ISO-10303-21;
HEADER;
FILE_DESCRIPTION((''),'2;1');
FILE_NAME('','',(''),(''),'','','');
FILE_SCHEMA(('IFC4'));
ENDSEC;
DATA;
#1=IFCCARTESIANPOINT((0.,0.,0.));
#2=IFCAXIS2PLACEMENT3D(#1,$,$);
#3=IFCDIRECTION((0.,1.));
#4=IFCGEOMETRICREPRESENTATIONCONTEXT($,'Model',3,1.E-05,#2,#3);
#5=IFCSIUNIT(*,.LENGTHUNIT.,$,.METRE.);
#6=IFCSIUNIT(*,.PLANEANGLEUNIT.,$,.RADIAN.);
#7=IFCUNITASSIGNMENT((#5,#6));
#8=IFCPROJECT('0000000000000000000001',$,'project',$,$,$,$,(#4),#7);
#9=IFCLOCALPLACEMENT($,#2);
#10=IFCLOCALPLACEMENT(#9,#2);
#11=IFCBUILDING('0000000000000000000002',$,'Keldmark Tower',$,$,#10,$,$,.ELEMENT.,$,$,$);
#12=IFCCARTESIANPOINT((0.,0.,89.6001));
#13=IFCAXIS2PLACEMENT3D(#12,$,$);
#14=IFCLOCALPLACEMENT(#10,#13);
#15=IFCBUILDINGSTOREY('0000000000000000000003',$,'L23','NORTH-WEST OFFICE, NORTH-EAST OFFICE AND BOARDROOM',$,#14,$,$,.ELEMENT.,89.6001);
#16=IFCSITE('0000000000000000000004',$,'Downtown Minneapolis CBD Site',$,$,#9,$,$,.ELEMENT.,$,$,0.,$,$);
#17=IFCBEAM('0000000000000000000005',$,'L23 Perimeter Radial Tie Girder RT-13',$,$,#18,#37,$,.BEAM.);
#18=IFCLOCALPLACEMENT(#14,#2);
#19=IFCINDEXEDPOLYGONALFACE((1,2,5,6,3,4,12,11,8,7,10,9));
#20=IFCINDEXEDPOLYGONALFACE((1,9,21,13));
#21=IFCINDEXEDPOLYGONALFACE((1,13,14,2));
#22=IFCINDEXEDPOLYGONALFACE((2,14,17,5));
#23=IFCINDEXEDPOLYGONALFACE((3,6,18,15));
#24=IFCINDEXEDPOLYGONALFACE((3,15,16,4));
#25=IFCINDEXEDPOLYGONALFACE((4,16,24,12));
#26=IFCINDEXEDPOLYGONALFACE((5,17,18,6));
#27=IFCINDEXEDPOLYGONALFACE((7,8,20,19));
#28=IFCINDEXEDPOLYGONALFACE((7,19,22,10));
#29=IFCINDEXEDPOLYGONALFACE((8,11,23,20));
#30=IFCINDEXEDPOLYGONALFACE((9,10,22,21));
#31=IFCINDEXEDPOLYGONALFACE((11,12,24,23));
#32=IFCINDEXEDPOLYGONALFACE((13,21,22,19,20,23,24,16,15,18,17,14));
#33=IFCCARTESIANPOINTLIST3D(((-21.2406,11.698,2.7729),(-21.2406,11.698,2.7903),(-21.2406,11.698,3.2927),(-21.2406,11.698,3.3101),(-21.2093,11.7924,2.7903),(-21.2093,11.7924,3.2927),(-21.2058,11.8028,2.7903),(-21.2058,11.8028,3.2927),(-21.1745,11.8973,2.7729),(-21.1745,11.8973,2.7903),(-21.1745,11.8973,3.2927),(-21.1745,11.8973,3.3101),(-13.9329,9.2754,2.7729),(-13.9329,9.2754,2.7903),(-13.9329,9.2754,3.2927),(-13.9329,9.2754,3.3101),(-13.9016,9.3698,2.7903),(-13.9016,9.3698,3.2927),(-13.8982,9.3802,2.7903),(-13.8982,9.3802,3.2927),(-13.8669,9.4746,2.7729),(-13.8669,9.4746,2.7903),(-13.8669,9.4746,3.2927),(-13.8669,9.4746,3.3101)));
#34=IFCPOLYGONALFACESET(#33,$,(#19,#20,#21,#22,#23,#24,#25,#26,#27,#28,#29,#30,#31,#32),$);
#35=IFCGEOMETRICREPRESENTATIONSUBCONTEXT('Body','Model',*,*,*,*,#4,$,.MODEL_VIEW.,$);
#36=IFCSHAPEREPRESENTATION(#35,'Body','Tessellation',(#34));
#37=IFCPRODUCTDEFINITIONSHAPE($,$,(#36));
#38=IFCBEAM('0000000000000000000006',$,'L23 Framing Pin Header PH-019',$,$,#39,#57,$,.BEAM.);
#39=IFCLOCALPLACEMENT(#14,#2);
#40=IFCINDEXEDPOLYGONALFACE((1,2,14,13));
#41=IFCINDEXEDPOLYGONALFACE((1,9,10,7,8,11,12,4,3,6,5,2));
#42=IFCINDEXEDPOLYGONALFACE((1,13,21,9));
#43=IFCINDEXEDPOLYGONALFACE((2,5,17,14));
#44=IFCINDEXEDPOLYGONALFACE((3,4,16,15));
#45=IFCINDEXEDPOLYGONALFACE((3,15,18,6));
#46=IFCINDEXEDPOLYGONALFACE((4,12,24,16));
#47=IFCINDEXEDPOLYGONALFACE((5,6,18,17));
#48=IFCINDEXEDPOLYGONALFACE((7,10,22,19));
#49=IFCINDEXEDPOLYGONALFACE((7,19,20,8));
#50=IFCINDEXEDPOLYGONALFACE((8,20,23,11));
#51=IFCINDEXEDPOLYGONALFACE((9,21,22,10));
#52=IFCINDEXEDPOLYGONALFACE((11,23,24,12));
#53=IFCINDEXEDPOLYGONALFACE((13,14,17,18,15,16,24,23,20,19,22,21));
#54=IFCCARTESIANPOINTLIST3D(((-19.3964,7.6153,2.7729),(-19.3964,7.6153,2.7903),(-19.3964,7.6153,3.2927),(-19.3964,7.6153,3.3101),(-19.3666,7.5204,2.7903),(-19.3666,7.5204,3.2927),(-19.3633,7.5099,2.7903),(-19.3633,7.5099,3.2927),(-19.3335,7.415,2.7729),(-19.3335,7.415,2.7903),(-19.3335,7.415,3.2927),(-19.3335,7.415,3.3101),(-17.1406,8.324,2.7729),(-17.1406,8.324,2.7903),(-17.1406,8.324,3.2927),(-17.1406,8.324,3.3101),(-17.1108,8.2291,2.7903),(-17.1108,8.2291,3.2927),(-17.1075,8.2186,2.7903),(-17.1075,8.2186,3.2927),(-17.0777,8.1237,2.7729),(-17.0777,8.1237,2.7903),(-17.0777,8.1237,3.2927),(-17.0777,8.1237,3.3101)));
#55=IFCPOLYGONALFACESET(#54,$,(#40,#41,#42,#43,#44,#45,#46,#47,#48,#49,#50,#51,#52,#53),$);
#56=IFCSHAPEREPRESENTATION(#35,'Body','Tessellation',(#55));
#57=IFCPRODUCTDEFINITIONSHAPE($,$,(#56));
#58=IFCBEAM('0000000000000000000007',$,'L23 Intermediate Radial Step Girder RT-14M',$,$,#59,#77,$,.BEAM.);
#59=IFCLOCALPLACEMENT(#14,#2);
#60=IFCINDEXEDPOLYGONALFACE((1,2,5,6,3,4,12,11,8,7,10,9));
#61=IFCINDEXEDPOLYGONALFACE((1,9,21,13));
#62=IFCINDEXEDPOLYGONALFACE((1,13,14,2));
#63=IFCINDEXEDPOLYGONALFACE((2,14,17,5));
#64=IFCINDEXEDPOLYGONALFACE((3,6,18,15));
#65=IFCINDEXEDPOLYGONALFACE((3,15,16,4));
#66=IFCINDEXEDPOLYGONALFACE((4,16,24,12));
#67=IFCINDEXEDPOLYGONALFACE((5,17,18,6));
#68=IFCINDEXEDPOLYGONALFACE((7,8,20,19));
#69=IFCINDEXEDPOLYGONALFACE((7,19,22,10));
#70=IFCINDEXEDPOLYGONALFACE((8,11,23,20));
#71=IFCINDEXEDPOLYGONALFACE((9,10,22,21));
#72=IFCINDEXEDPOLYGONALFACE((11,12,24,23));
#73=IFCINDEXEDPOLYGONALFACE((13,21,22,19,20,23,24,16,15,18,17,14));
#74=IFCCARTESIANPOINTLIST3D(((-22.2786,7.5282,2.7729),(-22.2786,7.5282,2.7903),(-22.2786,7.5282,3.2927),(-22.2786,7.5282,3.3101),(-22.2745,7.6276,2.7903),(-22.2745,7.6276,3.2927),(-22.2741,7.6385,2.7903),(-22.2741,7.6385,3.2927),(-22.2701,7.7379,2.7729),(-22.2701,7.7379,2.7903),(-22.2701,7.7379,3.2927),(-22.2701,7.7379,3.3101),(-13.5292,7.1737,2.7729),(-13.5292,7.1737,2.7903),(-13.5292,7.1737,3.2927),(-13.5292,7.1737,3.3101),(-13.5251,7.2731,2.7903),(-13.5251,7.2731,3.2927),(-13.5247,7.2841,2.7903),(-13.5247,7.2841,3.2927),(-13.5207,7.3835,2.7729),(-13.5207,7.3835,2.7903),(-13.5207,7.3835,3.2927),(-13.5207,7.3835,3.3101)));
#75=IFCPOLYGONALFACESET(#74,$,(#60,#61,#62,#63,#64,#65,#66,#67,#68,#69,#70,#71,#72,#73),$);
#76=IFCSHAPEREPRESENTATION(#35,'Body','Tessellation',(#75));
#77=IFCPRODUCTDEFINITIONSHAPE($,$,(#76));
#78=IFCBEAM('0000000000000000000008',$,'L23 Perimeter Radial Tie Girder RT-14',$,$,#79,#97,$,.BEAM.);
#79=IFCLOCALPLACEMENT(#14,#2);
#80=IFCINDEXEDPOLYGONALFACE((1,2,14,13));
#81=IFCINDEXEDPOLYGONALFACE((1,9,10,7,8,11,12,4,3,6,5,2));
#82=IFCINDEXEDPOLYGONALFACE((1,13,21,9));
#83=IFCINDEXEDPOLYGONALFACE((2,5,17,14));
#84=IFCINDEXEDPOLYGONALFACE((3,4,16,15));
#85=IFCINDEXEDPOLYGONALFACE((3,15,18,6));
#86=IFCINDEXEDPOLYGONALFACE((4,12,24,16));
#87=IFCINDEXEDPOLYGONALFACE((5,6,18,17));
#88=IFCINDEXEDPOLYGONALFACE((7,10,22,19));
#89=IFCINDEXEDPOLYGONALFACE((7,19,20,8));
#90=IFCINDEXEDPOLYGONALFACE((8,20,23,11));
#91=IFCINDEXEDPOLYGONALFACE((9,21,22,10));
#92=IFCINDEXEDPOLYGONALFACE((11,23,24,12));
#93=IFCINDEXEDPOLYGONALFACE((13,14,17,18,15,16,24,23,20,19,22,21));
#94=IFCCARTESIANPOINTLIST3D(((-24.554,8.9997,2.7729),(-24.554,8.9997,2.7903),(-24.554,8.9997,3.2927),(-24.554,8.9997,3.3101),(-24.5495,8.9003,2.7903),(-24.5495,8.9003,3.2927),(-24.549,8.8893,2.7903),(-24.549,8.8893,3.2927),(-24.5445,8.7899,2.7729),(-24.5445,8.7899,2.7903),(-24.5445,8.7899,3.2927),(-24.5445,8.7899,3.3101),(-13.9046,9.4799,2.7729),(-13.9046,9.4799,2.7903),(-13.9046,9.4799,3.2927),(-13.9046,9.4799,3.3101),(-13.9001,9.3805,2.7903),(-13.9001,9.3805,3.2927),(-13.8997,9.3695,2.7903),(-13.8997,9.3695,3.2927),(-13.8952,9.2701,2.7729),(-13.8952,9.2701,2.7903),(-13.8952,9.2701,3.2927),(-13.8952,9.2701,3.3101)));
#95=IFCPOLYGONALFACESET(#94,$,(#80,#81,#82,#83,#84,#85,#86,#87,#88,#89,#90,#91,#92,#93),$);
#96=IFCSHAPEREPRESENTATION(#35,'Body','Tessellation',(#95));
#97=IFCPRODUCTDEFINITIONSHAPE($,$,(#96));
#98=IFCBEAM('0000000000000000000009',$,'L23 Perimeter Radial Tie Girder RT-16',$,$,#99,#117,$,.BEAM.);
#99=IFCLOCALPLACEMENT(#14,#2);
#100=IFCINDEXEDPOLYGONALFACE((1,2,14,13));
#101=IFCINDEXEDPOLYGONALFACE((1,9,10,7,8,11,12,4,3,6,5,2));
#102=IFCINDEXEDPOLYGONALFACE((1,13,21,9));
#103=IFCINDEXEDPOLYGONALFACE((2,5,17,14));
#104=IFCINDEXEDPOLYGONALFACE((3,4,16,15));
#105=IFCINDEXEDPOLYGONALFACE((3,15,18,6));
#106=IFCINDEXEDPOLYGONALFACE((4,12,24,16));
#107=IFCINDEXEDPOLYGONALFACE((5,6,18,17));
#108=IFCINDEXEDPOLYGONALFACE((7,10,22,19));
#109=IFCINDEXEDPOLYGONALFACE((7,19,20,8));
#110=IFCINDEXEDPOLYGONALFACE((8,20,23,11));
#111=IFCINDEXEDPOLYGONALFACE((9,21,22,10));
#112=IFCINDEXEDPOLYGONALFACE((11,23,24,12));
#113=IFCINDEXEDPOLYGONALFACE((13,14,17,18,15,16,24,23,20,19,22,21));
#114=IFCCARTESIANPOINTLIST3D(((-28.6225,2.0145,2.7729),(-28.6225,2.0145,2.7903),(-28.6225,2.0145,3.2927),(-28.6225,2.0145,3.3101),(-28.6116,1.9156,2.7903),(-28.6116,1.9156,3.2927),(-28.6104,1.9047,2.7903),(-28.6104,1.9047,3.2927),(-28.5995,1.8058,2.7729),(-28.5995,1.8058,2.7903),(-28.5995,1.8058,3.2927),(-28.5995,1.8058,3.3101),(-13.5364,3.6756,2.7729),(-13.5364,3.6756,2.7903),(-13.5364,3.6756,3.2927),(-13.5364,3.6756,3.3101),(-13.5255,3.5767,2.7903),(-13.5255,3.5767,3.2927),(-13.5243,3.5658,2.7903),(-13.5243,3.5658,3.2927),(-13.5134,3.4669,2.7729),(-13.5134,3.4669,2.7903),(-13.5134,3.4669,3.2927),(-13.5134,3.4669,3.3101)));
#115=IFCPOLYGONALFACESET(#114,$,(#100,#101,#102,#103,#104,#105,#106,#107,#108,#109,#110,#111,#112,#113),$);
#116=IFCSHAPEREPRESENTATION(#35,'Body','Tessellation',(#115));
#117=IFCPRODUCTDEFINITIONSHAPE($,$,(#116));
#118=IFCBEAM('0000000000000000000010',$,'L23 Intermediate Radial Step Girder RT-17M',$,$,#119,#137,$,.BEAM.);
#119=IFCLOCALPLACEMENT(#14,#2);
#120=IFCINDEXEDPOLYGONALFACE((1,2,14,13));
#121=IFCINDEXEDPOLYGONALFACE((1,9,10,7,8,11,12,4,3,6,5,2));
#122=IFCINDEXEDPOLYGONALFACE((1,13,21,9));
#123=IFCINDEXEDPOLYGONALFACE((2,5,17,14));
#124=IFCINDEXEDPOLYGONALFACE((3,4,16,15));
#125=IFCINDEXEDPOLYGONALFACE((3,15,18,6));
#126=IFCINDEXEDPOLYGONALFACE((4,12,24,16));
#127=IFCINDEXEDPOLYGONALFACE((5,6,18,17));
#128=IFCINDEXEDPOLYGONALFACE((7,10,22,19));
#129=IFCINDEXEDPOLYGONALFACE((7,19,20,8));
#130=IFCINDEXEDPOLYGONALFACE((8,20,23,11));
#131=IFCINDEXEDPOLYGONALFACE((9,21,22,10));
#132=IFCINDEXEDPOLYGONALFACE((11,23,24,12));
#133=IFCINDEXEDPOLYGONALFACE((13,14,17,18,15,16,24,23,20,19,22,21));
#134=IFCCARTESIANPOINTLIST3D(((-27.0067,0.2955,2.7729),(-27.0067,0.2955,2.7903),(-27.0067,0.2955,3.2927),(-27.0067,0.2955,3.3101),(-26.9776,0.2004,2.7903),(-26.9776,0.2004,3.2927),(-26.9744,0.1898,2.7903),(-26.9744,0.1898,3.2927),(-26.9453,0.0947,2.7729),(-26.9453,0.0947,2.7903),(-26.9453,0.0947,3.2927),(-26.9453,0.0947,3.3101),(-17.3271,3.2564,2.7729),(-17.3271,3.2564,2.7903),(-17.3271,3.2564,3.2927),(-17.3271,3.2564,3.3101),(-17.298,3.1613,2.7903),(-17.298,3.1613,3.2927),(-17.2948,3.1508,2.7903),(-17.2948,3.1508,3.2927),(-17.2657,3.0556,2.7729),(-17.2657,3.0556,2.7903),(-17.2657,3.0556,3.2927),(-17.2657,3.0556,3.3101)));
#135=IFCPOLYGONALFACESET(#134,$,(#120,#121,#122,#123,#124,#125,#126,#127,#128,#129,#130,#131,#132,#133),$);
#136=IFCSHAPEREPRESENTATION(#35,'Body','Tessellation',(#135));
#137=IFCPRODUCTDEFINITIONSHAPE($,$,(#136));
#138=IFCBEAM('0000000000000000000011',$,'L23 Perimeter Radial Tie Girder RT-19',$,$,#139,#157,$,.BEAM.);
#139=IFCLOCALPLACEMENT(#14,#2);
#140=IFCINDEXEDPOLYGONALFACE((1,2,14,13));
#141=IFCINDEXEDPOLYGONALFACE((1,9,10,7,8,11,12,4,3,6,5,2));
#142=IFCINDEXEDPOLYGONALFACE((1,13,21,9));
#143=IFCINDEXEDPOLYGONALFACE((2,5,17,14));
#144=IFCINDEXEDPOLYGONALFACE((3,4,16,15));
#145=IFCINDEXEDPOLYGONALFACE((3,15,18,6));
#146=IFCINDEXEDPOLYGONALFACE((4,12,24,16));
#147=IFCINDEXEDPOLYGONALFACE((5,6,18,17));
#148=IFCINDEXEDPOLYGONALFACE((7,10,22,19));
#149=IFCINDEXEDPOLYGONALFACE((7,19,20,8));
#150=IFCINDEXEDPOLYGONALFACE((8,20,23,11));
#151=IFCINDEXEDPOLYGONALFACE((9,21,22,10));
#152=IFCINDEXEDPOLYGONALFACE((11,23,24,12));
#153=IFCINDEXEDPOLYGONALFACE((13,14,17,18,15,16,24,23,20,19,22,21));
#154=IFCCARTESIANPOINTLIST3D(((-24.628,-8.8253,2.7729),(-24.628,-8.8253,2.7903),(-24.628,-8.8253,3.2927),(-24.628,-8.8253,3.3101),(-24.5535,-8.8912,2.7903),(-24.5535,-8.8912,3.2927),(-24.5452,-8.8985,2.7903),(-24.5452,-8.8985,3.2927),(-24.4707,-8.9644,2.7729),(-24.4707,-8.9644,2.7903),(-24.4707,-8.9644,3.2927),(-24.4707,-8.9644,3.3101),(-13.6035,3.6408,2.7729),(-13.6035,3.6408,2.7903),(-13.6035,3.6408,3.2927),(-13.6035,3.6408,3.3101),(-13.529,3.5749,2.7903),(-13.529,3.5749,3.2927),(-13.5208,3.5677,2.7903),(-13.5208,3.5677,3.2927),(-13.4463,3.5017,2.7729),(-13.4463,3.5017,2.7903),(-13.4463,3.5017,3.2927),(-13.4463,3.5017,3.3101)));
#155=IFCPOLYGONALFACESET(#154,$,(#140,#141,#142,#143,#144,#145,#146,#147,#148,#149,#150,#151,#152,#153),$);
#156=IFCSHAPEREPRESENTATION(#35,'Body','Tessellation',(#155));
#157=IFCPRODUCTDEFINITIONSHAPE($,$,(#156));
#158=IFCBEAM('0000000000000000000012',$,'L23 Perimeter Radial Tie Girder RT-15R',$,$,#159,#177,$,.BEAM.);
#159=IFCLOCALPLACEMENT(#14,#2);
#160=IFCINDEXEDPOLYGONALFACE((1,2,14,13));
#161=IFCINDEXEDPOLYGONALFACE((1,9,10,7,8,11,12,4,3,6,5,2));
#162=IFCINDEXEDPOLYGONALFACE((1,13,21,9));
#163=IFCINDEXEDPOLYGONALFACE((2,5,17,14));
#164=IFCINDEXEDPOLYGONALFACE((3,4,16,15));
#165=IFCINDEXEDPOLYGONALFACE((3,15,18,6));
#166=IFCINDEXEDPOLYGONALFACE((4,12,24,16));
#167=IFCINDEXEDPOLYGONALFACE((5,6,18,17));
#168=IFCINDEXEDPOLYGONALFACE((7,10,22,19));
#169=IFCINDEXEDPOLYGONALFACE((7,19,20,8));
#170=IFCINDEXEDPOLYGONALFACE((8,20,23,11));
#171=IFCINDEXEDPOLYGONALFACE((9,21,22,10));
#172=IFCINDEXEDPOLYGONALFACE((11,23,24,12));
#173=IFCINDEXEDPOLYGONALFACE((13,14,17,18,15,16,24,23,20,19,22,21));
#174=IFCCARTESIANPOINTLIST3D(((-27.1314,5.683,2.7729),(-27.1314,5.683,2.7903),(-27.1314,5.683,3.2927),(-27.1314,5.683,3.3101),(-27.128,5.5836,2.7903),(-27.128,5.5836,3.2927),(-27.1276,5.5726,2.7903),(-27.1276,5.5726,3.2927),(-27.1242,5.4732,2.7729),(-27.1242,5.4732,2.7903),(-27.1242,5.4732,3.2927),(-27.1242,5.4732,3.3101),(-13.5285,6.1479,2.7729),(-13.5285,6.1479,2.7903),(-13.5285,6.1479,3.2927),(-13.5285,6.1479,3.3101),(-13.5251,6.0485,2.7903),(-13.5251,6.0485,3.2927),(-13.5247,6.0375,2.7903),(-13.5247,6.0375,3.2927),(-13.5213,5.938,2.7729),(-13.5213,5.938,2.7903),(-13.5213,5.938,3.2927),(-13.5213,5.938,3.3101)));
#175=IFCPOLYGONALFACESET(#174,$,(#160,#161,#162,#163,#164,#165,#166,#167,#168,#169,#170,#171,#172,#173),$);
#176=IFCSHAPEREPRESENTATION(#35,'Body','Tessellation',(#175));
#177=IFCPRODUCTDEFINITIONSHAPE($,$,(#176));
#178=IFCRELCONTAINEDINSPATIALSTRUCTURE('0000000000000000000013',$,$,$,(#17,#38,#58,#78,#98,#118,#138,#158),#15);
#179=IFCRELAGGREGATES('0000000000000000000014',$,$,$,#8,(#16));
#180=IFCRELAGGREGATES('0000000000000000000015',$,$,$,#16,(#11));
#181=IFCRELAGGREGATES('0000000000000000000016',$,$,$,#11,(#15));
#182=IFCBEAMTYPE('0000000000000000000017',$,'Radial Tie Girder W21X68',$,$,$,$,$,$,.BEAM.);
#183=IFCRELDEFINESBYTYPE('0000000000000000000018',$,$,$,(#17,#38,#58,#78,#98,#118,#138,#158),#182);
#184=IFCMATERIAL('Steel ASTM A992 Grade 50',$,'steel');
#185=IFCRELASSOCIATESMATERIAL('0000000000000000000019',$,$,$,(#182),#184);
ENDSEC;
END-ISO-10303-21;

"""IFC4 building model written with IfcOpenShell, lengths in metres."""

from ifc_helpers import new_model, si_unit, direction, frame, origin, origin_2d, place, context, subcontext, project, spatial, i_section, extrude, material, material_profile, profile_set, type_object, element, save


model = new_model("IFC4")

# Units and contexts
model_context = context("Model", 3, precision=1e-05, world=origin(), true_north=direction((0.0, 1.0)))
body_context = subcontext(model_context, "Body", "Model", "MODEL_VIEW")
ifc_project = project(units=[si_unit("LENGTHUNIT", "METRE"), si_unit("PLANEANGLEUNIT", "RADIAN")], contexts=[model_context])

# Site, building, storey
site_placement = place(None, origin())
site = spatial("IfcSite", under=ifc_project, at=site_placement, Name="Downtown Minneapolis CBD Site", CompositionType="ELEMENT", RefElevation=0.0)
building_placement = place(site_placement, origin())
building = spatial("IfcBuilding", under=site, at=building_placement, Name="Keldmark Tower", CompositionType="ELEMENT")
storey_placement = place(building_placement, frame((0.0, 0.0, 89.6001)))
storey = spatial("IfcBuildingStorey", under=building, at=storey_placement, Name="L23", Description="NORTH-WEST OFFICE, NORTH-EAST OFFICE AND BOARDROOM", CompositionType="ELEMENT", Elevation=89.6001)

# Beams
ifc_material_1 = material(Name="Steel ASTM A992 Grade 50", Category="steel")
ifc_material_profile_1 = material_profile(ifc_material_1, i_section(OverallWidth=0.21, OverallDepth=0.5371, WebThickness=0.011, FlangeThickness=0.0173, at=origin_2d()), Name="W21X68")
ifc_profile_set_1 = profile_set([ifc_material_profile_1], Name="Steel ASTM A992 Grade 50")
beam_type_1 = type_object("IfcBeamType", Name="Radial Tie Girder W21X68", PredefinedType="BEAM", material=ifc_profile_set_1)
beam_1_placement = place(storey_placement, frame((-13.8999, 9.375, 3.0415), z_axis=(-0.949199, 0.314677, 0.0), x_axis=(-0.314677, -0.949199, 0.0)))
element("IfcBeam", 1, at=beam_1_placement, inside=storey, type_object=beam_type_1, Name="L23 Perimeter Radial Tie Girder RT-13", PredefinedType="BEAM", context=body_context, shape_type="SweptSolid", body=[
    extrude(i_section(OverallWidth=0.21, OverallDepth=0.5371, WebThickness=0.011, FlangeThickness=0.0173, at=origin_2d()), origin(), (0.0, 0.0, 1.0), 7.6987),
])
beam_2_placement = place(storey_placement, frame((-17.1091, 8.2239, 3.0415), z_axis=(-0.954023, -0.299733, 0.0), x_axis=(0.299733, -0.954023, 0.0)))
element("IfcBeam", 2, at=beam_2_placement, inside=storey, type_object=beam_type_1, Name="L23 Framing Pin Header PH-019", PredefinedType="BEAM", context=body_context, shape_type="SweptSolid", body=[
    extrude(i_section(OverallWidth=0.21, OverallDepth=0.5371, WebThickness=0.011, FlangeThickness=0.0173, at=origin_2d()), origin(), (0.0, 0.0, 1.0), 2.3645),
])
beam_3_placement = place(storey_placement, frame((-13.5249, 7.2786, 3.0415), z_axis=(-0.99918, 0.040482, 0.0), x_axis=(-0.040482, -0.99918, 0.0)))
element("IfcBeam", 3, at=beam_3_placement, inside=storey, type_object=beam_type_1, Name="L23 Intermediate Radial Step Girder RT-14M", PredefinedType="BEAM", context=body_context, shape_type="SweptSolid", body=[
    extrude(i_section(OverallWidth=0.21, OverallDepth=0.5371, WebThickness=0.011, FlangeThickness=0.0173, at=origin_2d()), origin(), (0.0, 0.0, 1.0), 8.7566),
])
beam_4_placement = place(storey_placement, frame((-13.8999, 9.375, 3.0415), z_axis=(-0.998985, -0.045048, 0.0), x_axis=(0.045048, -0.998985, 0.0)))
element("IfcBeam", 4, at=beam_4_placement, inside=storey, type_object=beam_type_1, Name="L23 Perimeter Radial Tie Girder RT-14", PredefinedType="BEAM", context=body_context, shape_type="SweptSolid", body=[
    extrude(i_section(OverallWidth=0.21, OverallDepth=0.5371, WebThickness=0.011, FlangeThickness=0.0173, at=origin_2d()), origin(), (0.0, 0.0, 1.0), 10.6602),
])
beam_5_placement = place(storey_placement, frame((-13.5249, 3.5713, 3.0415), z_axis=(-0.993993, -0.109448, 0.0), x_axis=(0.109448, -0.993993, 0.0)))
element("IfcBeam", 5, at=beam_5_placement, inside=storey, type_object=beam_type_1, Name="L23 Perimeter Radial Tie Girder RT-16", PredefinedType="BEAM", context=body_context, shape_type="SweptSolid", body=[
    extrude(i_section(OverallWidth=0.21, OverallDepth=0.5371, WebThickness=0.011, FlangeThickness=0.0173, at=origin_2d()), origin(), (0.0, 0.0, 1.0), 15.1772),
])
beam_6_placement = place(storey_placement, frame((-17.2964, 3.156, 3.0415), z_axis=(-0.956262, -0.292513, 0.0), x_axis=(0.292513, -0.956262, 0.0)))
element("IfcBeam", 6, at=beam_6_placement, inside=storey, type_object=beam_type_1, Name="L23 Intermediate Radial Step Girder RT-17M", PredefinedType="BEAM", context=body_context, shape_type="SweptSolid", body=[
    extrude(i_section(OverallWidth=0.21, OverallDepth=0.5371, WebThickness=0.011, FlangeThickness=0.0173, at=origin_2d()), origin(), (0.0, 0.0, 1.0), 10.1223),
])
beam_7_placement = place(storey_placement, frame((-13.5249, 3.5713, 3.0415), z_axis=(-0.662464, -0.749094, 0.0), x_axis=(0.749094, -0.662464, 0.0)))
element("IfcBeam", 7, at=beam_7_placement, inside=storey, type_object=beam_type_1, Name="L23 Perimeter Radial Tie Girder RT-19", PredefinedType="BEAM", context=body_context, shape_type="SweptSolid", body=[
    extrude(i_section(OverallWidth=0.21, OverallDepth=0.5371, WebThickness=0.011, FlangeThickness=0.0173, at=origin_2d()), origin(), (0.0, 0.0, 1.0), 16.6416),
])
beam_8_placement = place(storey_placement, frame((-13.5249, 6.043, 3.0415), z_axis=(-0.999417, -0.034153, 0.0), x_axis=(0.034153, -0.999417, 0.0)))
element("IfcBeam", 8, at=beam_8_placement, inside=storey, type_object=beam_type_1, Name="L23 Perimeter Radial Tie Girder RT-15R", PredefinedType="BEAM", context=body_context, shape_type="SweptSolid", body=[
    extrude(i_section(OverallWidth=0.21, OverallDepth=0.5371, WebThickness=0.011, FlangeThickness=0.0173, at=origin_2d()), origin(), (0.0, 0.0, 1.0), 13.6108),
])

save(model, "model.ifc")
